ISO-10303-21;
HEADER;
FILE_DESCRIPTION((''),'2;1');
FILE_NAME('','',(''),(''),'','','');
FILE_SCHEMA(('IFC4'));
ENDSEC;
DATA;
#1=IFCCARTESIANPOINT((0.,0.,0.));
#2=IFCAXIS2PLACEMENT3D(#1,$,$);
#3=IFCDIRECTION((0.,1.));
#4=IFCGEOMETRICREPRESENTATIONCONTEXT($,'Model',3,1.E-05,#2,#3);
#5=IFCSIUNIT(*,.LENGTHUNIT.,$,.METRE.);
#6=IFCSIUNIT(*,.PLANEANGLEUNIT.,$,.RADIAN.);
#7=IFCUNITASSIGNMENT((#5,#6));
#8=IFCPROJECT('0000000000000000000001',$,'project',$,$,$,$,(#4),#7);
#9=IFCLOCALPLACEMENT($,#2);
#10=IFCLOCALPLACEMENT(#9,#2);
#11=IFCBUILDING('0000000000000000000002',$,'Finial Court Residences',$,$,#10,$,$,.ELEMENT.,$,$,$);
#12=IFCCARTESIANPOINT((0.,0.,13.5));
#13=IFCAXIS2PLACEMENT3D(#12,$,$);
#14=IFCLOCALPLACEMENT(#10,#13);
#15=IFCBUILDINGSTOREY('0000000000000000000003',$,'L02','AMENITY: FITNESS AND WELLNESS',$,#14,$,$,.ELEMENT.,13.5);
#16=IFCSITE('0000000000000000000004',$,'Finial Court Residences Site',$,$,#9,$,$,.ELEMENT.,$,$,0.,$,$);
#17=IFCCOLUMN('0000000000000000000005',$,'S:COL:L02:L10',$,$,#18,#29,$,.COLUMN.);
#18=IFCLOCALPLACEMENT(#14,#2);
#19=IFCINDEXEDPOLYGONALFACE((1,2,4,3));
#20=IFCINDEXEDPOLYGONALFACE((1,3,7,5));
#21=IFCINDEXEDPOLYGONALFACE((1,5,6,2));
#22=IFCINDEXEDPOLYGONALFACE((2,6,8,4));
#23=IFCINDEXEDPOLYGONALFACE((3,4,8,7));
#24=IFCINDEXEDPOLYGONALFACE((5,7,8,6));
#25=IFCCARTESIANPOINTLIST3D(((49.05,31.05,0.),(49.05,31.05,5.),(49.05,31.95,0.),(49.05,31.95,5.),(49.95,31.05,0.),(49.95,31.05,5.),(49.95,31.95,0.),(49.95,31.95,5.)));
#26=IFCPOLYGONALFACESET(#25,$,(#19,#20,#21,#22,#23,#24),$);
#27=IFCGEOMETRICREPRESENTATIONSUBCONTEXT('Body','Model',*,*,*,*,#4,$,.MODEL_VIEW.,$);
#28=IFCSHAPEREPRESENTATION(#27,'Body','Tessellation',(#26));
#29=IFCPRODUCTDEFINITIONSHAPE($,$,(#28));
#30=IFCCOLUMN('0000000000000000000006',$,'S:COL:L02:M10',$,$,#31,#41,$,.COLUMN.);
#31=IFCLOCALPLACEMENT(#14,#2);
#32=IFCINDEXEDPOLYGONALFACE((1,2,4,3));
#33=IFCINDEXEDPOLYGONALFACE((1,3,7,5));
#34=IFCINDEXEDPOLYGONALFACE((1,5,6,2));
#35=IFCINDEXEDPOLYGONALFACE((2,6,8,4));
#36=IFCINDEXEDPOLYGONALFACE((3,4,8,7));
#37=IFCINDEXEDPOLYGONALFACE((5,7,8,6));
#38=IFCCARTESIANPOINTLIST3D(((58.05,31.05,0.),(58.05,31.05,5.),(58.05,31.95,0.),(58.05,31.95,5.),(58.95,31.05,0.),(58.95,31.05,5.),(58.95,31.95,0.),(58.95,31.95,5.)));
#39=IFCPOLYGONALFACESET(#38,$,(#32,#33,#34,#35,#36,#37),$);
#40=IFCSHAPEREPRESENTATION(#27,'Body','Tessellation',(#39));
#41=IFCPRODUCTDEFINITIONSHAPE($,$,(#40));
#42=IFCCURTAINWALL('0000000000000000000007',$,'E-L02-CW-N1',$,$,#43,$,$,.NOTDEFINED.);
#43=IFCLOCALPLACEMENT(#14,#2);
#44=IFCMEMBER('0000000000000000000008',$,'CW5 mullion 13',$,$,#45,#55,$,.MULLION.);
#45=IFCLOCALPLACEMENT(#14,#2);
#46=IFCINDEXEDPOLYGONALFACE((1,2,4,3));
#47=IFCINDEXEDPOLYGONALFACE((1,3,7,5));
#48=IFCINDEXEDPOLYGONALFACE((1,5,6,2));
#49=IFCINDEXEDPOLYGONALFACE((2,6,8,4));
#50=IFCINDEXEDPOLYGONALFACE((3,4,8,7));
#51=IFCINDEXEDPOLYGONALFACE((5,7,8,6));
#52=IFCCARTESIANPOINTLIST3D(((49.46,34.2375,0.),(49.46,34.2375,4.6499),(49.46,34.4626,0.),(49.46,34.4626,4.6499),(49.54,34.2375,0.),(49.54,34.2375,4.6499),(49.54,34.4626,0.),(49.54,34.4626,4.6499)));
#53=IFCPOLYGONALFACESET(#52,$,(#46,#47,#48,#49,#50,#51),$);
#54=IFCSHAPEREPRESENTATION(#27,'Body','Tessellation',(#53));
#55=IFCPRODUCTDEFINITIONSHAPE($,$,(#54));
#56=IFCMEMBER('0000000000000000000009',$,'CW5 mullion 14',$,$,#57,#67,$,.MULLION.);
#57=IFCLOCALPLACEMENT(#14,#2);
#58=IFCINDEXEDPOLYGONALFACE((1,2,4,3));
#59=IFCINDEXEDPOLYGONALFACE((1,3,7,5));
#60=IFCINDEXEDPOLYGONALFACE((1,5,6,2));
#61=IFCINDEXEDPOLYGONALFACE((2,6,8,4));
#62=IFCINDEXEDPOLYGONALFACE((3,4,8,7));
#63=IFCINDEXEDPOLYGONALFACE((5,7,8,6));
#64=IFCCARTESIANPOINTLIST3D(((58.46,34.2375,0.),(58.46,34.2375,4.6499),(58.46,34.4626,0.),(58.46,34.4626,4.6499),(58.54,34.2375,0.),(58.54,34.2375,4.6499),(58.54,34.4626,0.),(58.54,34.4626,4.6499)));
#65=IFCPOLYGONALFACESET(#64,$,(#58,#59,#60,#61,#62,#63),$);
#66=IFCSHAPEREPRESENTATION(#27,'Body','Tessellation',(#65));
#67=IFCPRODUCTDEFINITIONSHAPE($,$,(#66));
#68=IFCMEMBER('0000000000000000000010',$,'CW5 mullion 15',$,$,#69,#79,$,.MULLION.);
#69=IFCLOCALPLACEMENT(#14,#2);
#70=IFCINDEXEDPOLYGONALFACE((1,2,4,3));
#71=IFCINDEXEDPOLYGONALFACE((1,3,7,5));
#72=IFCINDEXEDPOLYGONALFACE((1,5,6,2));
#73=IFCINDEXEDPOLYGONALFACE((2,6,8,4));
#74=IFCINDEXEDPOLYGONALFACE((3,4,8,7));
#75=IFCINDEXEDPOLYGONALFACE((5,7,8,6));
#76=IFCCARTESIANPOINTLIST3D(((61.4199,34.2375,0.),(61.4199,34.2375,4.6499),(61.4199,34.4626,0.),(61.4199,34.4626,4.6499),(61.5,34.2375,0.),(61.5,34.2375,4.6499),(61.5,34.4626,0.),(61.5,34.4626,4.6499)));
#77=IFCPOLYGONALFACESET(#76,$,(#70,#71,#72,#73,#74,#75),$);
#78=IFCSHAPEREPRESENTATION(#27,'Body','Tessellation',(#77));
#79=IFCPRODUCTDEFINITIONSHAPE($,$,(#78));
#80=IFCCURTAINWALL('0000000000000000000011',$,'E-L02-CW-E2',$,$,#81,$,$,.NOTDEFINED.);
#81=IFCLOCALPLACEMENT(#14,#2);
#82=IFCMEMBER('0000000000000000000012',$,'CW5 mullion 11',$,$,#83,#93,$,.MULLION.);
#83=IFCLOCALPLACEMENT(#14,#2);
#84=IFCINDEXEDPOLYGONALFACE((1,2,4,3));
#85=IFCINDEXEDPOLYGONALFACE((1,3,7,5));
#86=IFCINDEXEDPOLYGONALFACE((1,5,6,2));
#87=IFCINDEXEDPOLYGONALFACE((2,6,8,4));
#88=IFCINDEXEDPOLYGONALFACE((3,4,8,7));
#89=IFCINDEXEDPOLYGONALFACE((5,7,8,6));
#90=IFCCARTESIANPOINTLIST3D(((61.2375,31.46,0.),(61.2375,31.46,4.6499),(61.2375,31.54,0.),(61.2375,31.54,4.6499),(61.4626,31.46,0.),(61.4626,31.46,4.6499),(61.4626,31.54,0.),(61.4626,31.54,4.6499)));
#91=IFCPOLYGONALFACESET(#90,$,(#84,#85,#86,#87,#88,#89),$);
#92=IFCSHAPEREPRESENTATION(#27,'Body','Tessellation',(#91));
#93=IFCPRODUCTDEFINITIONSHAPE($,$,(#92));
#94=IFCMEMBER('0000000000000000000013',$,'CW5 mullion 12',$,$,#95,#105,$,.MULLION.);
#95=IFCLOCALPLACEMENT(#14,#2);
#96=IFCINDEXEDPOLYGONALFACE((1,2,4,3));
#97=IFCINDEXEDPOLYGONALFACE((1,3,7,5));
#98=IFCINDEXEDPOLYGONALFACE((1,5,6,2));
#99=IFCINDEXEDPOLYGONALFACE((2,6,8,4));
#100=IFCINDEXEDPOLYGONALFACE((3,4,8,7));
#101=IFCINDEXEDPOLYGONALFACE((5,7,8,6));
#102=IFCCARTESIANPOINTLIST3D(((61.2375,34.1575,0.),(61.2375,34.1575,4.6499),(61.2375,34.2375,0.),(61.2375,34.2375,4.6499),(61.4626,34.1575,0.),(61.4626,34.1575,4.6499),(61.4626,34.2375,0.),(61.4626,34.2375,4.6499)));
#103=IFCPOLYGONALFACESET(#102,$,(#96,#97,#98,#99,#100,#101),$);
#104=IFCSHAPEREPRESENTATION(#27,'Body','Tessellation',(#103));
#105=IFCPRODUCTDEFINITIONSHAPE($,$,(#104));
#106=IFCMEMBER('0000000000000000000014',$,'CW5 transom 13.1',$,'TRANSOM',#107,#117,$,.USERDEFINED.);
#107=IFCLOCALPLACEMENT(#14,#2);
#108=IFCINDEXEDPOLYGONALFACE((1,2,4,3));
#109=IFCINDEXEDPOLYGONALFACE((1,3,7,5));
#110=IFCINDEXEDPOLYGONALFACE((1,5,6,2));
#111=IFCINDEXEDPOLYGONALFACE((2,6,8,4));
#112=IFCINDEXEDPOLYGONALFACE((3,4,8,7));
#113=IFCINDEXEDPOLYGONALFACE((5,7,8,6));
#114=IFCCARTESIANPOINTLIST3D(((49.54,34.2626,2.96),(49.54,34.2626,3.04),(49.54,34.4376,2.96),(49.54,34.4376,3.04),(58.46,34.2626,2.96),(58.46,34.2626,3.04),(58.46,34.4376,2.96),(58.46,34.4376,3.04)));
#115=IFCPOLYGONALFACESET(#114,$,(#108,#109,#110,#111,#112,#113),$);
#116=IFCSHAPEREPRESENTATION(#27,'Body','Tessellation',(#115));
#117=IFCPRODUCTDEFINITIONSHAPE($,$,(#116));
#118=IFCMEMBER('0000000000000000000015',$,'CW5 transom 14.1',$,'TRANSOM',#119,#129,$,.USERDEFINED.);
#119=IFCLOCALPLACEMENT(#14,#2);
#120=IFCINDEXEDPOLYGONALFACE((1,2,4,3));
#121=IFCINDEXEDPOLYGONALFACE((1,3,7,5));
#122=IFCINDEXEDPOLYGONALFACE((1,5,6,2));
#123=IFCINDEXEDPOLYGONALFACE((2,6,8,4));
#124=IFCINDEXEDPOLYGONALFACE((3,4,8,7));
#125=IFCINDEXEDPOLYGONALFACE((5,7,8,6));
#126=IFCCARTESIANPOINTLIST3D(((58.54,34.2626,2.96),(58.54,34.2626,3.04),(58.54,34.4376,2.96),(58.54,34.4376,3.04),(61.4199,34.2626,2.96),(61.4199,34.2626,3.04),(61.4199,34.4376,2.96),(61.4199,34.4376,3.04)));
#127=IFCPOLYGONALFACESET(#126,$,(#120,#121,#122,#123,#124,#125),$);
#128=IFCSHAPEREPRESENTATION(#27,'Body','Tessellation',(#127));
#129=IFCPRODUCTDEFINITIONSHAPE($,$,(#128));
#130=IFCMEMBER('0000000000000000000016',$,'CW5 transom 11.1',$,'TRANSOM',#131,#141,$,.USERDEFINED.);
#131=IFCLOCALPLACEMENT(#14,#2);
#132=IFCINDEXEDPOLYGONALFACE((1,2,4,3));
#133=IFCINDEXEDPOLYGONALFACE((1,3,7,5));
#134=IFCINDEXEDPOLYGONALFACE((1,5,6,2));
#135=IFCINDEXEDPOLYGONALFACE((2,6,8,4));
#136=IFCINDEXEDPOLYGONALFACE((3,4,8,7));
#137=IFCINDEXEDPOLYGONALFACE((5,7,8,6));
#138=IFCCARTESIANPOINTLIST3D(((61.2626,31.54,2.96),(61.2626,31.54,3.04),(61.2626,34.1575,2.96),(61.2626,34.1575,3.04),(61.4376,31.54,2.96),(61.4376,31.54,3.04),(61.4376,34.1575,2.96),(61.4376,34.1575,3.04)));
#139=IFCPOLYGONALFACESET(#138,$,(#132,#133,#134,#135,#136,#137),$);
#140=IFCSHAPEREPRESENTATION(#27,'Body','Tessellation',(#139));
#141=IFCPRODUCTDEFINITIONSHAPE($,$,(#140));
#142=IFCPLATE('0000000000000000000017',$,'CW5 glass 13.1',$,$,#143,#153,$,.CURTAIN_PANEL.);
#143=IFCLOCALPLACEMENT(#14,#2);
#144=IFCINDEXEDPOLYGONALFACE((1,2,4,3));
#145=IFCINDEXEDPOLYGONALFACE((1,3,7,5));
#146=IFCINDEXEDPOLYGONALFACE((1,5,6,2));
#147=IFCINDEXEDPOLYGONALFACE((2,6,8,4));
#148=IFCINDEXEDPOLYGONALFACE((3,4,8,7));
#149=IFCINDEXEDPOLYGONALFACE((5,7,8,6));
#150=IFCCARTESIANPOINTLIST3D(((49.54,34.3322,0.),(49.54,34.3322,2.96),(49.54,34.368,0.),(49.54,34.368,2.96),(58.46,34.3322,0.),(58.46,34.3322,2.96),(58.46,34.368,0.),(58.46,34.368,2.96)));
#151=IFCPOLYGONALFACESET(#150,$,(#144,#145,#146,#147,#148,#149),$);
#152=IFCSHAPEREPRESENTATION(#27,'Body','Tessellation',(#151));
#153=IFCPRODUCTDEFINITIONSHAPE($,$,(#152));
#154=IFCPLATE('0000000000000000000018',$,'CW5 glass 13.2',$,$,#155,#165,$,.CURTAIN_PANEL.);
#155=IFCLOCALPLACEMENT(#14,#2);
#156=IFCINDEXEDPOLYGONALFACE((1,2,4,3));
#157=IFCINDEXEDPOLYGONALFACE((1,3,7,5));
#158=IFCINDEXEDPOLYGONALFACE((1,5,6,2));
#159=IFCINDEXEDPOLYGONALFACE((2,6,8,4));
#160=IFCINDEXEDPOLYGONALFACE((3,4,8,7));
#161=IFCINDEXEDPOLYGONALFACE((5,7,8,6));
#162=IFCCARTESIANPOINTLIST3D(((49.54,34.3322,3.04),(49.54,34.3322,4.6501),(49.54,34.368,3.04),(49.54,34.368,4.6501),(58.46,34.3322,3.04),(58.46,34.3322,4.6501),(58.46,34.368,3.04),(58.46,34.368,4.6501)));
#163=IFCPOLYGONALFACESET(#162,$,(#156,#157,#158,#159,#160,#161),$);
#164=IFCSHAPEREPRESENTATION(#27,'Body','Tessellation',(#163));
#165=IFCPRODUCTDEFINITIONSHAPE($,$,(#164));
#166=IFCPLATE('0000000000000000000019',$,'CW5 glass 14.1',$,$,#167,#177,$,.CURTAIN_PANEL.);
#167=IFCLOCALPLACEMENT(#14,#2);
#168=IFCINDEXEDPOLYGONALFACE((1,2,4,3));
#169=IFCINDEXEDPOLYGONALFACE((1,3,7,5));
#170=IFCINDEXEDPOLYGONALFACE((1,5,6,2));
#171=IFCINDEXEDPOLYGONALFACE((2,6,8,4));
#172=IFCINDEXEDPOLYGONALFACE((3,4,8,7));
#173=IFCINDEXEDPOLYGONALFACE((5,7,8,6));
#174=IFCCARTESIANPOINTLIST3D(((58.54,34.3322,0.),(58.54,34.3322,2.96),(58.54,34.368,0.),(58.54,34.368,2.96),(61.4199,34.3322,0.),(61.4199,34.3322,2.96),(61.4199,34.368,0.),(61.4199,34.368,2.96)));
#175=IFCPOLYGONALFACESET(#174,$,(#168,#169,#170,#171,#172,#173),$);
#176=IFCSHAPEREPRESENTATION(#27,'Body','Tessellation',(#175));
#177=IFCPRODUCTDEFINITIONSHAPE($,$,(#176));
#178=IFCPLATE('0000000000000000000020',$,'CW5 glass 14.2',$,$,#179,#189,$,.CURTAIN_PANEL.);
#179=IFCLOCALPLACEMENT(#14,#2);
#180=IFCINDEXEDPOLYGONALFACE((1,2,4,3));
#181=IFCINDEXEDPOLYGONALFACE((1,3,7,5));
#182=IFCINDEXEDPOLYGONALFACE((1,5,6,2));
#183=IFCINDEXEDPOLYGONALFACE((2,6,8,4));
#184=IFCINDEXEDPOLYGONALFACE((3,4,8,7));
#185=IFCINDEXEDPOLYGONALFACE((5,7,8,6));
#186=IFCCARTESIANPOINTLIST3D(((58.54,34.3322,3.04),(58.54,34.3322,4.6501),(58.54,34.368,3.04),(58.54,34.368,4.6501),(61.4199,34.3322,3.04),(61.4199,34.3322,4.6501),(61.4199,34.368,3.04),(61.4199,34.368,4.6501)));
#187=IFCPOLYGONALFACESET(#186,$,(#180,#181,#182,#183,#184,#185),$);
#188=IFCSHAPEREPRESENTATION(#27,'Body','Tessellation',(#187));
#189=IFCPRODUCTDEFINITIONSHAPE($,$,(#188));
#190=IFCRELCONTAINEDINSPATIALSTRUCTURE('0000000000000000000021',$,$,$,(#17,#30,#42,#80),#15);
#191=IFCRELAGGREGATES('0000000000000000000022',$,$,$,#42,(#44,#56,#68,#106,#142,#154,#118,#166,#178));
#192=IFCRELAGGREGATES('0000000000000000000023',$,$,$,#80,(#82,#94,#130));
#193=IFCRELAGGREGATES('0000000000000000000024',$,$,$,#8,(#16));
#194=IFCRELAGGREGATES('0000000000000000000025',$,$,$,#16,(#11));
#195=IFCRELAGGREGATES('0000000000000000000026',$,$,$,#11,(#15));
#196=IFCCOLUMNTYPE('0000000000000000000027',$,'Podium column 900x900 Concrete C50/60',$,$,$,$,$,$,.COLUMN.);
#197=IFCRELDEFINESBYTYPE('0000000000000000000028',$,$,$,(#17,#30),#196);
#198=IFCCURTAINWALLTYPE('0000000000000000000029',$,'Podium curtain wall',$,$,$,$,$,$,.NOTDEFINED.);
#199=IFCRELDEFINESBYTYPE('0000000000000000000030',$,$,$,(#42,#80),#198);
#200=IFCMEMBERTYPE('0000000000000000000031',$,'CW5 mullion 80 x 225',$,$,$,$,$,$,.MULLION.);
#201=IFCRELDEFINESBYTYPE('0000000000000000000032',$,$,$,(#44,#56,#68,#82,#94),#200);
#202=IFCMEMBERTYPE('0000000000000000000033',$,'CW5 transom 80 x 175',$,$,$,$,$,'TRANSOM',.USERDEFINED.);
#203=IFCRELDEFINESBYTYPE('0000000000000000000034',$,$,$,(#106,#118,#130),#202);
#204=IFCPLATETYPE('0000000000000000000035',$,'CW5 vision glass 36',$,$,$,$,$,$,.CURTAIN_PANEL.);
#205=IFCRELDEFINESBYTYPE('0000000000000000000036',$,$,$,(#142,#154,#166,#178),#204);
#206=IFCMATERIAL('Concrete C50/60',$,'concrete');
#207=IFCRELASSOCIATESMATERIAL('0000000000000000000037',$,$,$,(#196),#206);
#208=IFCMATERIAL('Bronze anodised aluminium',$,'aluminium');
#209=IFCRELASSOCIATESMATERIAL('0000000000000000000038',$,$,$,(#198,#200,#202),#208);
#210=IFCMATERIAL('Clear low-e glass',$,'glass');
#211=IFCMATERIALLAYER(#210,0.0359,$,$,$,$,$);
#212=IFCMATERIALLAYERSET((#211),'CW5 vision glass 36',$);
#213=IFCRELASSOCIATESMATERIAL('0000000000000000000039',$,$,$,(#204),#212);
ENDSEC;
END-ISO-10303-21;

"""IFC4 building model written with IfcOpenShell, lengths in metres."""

from ifc_helpers import new_model, si_unit, direction, frame, origin, origin_2d, place, context, subcontext, project, spatial, rectangle, extrude, material, layer, layer_set, material_profile, profile_set, type_object, element, aggregate, save


model = new_model("IFC4")

# Units and contexts
model_context = context("Model", 3, precision=1e-05, world=origin(), true_north=direction((0.0, 1.0)))
body_context = subcontext(model_context, "Body", "Model", "MODEL_VIEW")
ifc_project = project(units=[si_unit("LENGTHUNIT", "METRE"), si_unit("PLANEANGLEUNIT", "RADIAN")], contexts=[model_context])

# Site, building, storey
site_placement = place(None, origin())
site = spatial("IfcSite", under=ifc_project, at=site_placement, Name="Finial Court Residences Site", CompositionType="ELEMENT", RefElevation=0.0)
building_placement = place(site_placement, origin())
building = spatial("IfcBuilding", under=site, at=building_placement, Name="Finial Court Residences", CompositionType="ELEMENT")
storey_placement = place(building_placement, frame((0.0, 0.0, 13.5)))
storey = spatial("IfcBuildingStorey", under=building, at=storey_placement, Name="L02", Description="AMENITY: FITNESS AND WELLNESS", CompositionType="ELEMENT", Elevation=13.5)

# Columns
ifc_material_1 = material(Name="Concrete C50/60", Category="concrete")
ifc_material_profile_1 = material_profile(ifc_material_1, rectangle(XDim=0.8999, YDim=0.8999, at=origin_2d()), Name="900x900")
ifc_profile_set_1 = profile_set([ifc_material_profile_1], Name="Concrete C50/60")
column_type = type_object("IfcColumnType", Name="Podium column 900x900 Concrete C50/60", PredefinedType="COLUMN", material=ifc_profile_set_1)
for number, where, z_axis, x_axis, name in (
    (1, (49.5, 31.5, 0.0), (0.0, 0.0, 1.0), (1.0, 0.0, 0.0), "S:COL:L02:L10"),
    (2, (58.5, 31.5, 0.0), (0.0, 0.0, 1.0), (1.0, 0.0, 0.0), "S:COL:L02:M10"),
):
    element("IfcColumn", number, at=place(storey_placement, frame(where, z_axis=z_axis, x_axis=x_axis)), inside=storey, type_object=column_type, Name=name, PredefinedType="COLUMN", context=body_context, shape_type="SweptSolid", body=[
        extrude(rectangle(XDim=0.8999, YDim=0.8999, at=origin_2d()), origin(), (0.0, 0.0, 1.0), 5.0),
    ])

# Curtain walls, members
ifc_material_2 = material(Name="Bronze anodised aluminium", Category="aluminium")
curtain_wall_type = type_object("IfcCurtainWallType", Name="Podium curtain wall", PredefinedType="NOTDEFINED", material=ifc_material_2)
curtain_wall_1_placement = place(storey_placement, origin())
curtain_wall_1 = element("IfcCurtainWall", 3, at=curtain_wall_1_placement, inside=storey, type_object=curtain_wall_type, Name="E-L02-CW-N1", PredefinedType="NOTDEFINED")
ifc_material_profile_2 = material_profile(ifc_material_2, rectangle(XDim=0.2251, YDim=0.0801, at=origin_2d()), Name="CW5 mullion 80 x 225")
ifc_profile_set_2 = profile_set([ifc_material_profile_2], Name="Bronze anodised aluminium")
member_type_1 = type_object("IfcMemberType", Name="CW5 mullion 80 x 225", PredefinedType="MULLION", material=ifc_profile_set_2)
member_1_placement = place(storey_placement, frame((49.5, 34.3501, 0.0), z_axis=(0.0, 0.0, 1.0), x_axis=(0.0, 1.0, 0.0)))
member_1 = element("IfcMember", 4, at=member_1_placement, type_object=member_type_1, Name="CW5 mullion 13", PredefinedType="MULLION", context=body_context, shape_type="SweptSolid", body=[
    extrude(rectangle(XDim=0.2251, YDim=0.0801, at=origin_2d()), origin(), (0.0, 0.0, 1.0), 4.6499),
])
member_2_placement = place(storey_placement, frame((58.5, 34.3501, 0.0), z_axis=(0.0, 0.0, 1.0), x_axis=(0.0, 1.0, 0.0)))
member_2 = element("IfcMember", 5, at=member_2_placement, type_object=member_type_1, Name="CW5 mullion 14", PredefinedType="MULLION", context=body_context, shape_type="SweptSolid", body=[
    extrude(rectangle(XDim=0.2251, YDim=0.0801, at=origin_2d()), origin(), (0.0, 0.0, 1.0), 4.6499),
])
member_3_placement = place(storey_placement, frame((61.46, 34.3501, 0.0), z_axis=(0.0, 0.0, 1.0), x_axis=(0.0, 1.0, 0.0)))
member_3 = element("IfcMember", 6, at=member_3_placement, type_object=member_type_1, Name="CW5 mullion 15", PredefinedType="MULLION", context=body_context, shape_type="SweptSolid", body=[
    extrude(rectangle(XDim=0.2251, YDim=0.0801, at=origin_2d()), origin(), (0.0, 0.0, 1.0), 4.6499),
])
curtain_wall_2_placement = place(storey_placement, origin())
curtain_wall_2 = element("IfcCurtainWall", 7, at=curtain_wall_2_placement, inside=storey, type_object=curtain_wall_type, Name="E-L02-CW-E2", PredefinedType="NOTDEFINED")
member_4_placement = place(storey_placement, frame((61.3501, 31.5, 0.0), z_axis=(0.0, 0.0, 1.0), x_axis=(-1.0, 0.0, 0.0)))
member_4 = element("IfcMember", 8, at=member_4_placement, type_object=member_type_1, Name="CW5 mullion 11", PredefinedType="MULLION", context=body_context, shape_type="SweptSolid", body=[
    extrude(rectangle(XDim=0.2251, YDim=0.0801, at=origin_2d()), origin(), (0.0, 0.0, 1.0), 4.6499),
])
member_5_placement = place(storey_placement, frame((61.3501, 34.1975, 0.0), z_axis=(0.0, 0.0, 1.0), x_axis=(-1.0, 0.0, 0.0)))
member_5 = element("IfcMember", 9, at=member_5_placement, type_object=member_type_1, Name="CW5 mullion 12", PredefinedType="MULLION", context=body_context, shape_type="SweptSolid", body=[
    extrude(rectangle(XDim=0.2251, YDim=0.0801, at=origin_2d()), origin(), (0.0, 0.0, 1.0), 4.6499),
])

# Members
ifc_material_profile_3 = material_profile(ifc_material_2, rectangle(XDim=0.175, YDim=0.0801, at=origin_2d()), Name="CW5 transom 80 x 175")
ifc_profile_set_3 = profile_set([ifc_material_profile_3], Name="Bronze anodised aluminium")
member_type_2 = type_object("IfcMemberType", Name="CW5 transom 80 x 175", ElementType="TRANSOM", PredefinedType="USERDEFINED", material=ifc_profile_set_3)
member_6_placement = place(storey_placement, frame((49.54, 34.3501, 3.0), z_axis=(1.0, 0.0, 0.0), x_axis=(0.0, 1.0, 0.0)))
member_6 = element("IfcMember", 10, at=member_6_placement, type_object=member_type_2, Name="CW5 transom 13.1", ObjectType="TRANSOM", PredefinedType="USERDEFINED", context=body_context, shape_type="SweptSolid", body=[
    extrude(rectangle(XDim=0.175, YDim=0.0801, at=origin_2d()), origin(), (0.0, 0.0, 1.0), 8.9199),
])
member_7_placement = place(storey_placement, frame((58.54, 34.3501, 3.0), z_axis=(1.0, 0.0, 0.0), x_axis=(0.0, 1.0, 0.0)))
member_7 = element("IfcMember", 11, at=member_7_placement, type_object=member_type_2, Name="CW5 transom 14.1", ObjectType="TRANSOM", PredefinedType="USERDEFINED", context=body_context, shape_type="SweptSolid", body=[
    extrude(rectangle(XDim=0.175, YDim=0.0801, at=origin_2d()), origin(), (0.0, 0.0, 1.0), 2.8799),
])
member_8_placement = place(storey_placement, frame((61.3501, 31.54, 3.0), z_axis=(0.0, 1.0, 0.0), x_axis=(-1.0, 0.0, 0.0)))
member_8 = element("IfcMember", 12, at=member_8_placement, type_object=member_type_2, Name="CW5 transom 11.1", ObjectType="TRANSOM", PredefinedType="USERDEFINED", context=body_context, shape_type="SweptSolid", body=[
    extrude(rectangle(XDim=0.175, YDim=0.0801, at=origin_2d()), origin(), (0.0, 0.0, 1.0), 2.6174),
])

# Plates
ifc_material_3 = material(Name="Clear low-e glass", Category="glass")
ifc_layer_1 = layer(ifc_material_3, 0.0359)
ifc_layer_set_1 = layer_set([ifc_layer_1], Name="CW5 vision glass 36")
plate_type = type_object("IfcPlateType", Name="CW5 vision glass 36", PredefinedType="CURTAIN_PANEL", material=ifc_layer_set_1)
plate_1_placement = place(storey_placement, frame((54.0, 34.3501, 0.0), z_axis=(0.0, 0.0, 1.0), x_axis=(1.0, 0.0, 0.0)))
plate_1 = element("IfcPlate", 13, at=plate_1_placement, type_object=plate_type, Name="CW5 glass 13.1", PredefinedType="CURTAIN_PANEL", context=body_context, shape_type="SweptSolid", body=[
    extrude(rectangle(XDim=8.9199, YDim=0.0359, at=origin_2d()), origin(), (0.0, 0.0, 1.0), 2.96),
])
plate_2_placement = place(storey_placement, frame((54.0, 34.3501, 3.04), z_axis=(0.0, 0.0, 1.0), x_axis=(1.0, 0.0, 0.0)))
plate_2 = element("IfcPlate", 14, at=plate_2_placement, type_object=plate_type, Name="CW5 glass 13.2", PredefinedType="CURTAIN_PANEL", context=body_context, shape_type="SweptSolid", body=[
    extrude(rectangle(XDim=8.9199, YDim=0.0359, at=origin_2d()), origin(), (0.0, 0.0, 1.0), 1.6101),
])
plate_3_placement = place(storey_placement, frame((59.98, 34.3501, 0.0), z_axis=(0.0, 0.0, 1.0), x_axis=(1.0, 0.0, 0.0)))
plate_3 = element("IfcPlate", 15, at=plate_3_placement, type_object=plate_type, Name="CW5 glass 14.1", PredefinedType="CURTAIN_PANEL", context=body_context, shape_type="SweptSolid", body=[
    extrude(rectangle(XDim=2.8799, YDim=0.0359, at=origin_2d()), origin(), (0.0, 0.0, 1.0), 2.96),
])
plate_4_placement = place(storey_placement, frame((59.98, 34.3501, 3.04), z_axis=(0.0, 0.0, 1.0), x_axis=(1.0, 0.0, 0.0)))
plate_4 = element("IfcPlate", 16, at=plate_4_placement, type_object=plate_type, Name="CW5 glass 14.2", PredefinedType="CURTAIN_PANEL", context=body_context, shape_type="SweptSolid", body=[
    extrude(rectangle(XDim=2.8799, YDim=0.0359, at=origin_2d()), origin(), (0.0, 0.0, 1.0), 1.6101),
])
aggregate(curtain_wall_1, [member_1, member_2, member_3, member_6, plate_1, plate_2, member_7, plate_3, plate_4])
aggregate(curtain_wall_2, [member_4, member_5, member_8])

save(model, "model.ifc")
